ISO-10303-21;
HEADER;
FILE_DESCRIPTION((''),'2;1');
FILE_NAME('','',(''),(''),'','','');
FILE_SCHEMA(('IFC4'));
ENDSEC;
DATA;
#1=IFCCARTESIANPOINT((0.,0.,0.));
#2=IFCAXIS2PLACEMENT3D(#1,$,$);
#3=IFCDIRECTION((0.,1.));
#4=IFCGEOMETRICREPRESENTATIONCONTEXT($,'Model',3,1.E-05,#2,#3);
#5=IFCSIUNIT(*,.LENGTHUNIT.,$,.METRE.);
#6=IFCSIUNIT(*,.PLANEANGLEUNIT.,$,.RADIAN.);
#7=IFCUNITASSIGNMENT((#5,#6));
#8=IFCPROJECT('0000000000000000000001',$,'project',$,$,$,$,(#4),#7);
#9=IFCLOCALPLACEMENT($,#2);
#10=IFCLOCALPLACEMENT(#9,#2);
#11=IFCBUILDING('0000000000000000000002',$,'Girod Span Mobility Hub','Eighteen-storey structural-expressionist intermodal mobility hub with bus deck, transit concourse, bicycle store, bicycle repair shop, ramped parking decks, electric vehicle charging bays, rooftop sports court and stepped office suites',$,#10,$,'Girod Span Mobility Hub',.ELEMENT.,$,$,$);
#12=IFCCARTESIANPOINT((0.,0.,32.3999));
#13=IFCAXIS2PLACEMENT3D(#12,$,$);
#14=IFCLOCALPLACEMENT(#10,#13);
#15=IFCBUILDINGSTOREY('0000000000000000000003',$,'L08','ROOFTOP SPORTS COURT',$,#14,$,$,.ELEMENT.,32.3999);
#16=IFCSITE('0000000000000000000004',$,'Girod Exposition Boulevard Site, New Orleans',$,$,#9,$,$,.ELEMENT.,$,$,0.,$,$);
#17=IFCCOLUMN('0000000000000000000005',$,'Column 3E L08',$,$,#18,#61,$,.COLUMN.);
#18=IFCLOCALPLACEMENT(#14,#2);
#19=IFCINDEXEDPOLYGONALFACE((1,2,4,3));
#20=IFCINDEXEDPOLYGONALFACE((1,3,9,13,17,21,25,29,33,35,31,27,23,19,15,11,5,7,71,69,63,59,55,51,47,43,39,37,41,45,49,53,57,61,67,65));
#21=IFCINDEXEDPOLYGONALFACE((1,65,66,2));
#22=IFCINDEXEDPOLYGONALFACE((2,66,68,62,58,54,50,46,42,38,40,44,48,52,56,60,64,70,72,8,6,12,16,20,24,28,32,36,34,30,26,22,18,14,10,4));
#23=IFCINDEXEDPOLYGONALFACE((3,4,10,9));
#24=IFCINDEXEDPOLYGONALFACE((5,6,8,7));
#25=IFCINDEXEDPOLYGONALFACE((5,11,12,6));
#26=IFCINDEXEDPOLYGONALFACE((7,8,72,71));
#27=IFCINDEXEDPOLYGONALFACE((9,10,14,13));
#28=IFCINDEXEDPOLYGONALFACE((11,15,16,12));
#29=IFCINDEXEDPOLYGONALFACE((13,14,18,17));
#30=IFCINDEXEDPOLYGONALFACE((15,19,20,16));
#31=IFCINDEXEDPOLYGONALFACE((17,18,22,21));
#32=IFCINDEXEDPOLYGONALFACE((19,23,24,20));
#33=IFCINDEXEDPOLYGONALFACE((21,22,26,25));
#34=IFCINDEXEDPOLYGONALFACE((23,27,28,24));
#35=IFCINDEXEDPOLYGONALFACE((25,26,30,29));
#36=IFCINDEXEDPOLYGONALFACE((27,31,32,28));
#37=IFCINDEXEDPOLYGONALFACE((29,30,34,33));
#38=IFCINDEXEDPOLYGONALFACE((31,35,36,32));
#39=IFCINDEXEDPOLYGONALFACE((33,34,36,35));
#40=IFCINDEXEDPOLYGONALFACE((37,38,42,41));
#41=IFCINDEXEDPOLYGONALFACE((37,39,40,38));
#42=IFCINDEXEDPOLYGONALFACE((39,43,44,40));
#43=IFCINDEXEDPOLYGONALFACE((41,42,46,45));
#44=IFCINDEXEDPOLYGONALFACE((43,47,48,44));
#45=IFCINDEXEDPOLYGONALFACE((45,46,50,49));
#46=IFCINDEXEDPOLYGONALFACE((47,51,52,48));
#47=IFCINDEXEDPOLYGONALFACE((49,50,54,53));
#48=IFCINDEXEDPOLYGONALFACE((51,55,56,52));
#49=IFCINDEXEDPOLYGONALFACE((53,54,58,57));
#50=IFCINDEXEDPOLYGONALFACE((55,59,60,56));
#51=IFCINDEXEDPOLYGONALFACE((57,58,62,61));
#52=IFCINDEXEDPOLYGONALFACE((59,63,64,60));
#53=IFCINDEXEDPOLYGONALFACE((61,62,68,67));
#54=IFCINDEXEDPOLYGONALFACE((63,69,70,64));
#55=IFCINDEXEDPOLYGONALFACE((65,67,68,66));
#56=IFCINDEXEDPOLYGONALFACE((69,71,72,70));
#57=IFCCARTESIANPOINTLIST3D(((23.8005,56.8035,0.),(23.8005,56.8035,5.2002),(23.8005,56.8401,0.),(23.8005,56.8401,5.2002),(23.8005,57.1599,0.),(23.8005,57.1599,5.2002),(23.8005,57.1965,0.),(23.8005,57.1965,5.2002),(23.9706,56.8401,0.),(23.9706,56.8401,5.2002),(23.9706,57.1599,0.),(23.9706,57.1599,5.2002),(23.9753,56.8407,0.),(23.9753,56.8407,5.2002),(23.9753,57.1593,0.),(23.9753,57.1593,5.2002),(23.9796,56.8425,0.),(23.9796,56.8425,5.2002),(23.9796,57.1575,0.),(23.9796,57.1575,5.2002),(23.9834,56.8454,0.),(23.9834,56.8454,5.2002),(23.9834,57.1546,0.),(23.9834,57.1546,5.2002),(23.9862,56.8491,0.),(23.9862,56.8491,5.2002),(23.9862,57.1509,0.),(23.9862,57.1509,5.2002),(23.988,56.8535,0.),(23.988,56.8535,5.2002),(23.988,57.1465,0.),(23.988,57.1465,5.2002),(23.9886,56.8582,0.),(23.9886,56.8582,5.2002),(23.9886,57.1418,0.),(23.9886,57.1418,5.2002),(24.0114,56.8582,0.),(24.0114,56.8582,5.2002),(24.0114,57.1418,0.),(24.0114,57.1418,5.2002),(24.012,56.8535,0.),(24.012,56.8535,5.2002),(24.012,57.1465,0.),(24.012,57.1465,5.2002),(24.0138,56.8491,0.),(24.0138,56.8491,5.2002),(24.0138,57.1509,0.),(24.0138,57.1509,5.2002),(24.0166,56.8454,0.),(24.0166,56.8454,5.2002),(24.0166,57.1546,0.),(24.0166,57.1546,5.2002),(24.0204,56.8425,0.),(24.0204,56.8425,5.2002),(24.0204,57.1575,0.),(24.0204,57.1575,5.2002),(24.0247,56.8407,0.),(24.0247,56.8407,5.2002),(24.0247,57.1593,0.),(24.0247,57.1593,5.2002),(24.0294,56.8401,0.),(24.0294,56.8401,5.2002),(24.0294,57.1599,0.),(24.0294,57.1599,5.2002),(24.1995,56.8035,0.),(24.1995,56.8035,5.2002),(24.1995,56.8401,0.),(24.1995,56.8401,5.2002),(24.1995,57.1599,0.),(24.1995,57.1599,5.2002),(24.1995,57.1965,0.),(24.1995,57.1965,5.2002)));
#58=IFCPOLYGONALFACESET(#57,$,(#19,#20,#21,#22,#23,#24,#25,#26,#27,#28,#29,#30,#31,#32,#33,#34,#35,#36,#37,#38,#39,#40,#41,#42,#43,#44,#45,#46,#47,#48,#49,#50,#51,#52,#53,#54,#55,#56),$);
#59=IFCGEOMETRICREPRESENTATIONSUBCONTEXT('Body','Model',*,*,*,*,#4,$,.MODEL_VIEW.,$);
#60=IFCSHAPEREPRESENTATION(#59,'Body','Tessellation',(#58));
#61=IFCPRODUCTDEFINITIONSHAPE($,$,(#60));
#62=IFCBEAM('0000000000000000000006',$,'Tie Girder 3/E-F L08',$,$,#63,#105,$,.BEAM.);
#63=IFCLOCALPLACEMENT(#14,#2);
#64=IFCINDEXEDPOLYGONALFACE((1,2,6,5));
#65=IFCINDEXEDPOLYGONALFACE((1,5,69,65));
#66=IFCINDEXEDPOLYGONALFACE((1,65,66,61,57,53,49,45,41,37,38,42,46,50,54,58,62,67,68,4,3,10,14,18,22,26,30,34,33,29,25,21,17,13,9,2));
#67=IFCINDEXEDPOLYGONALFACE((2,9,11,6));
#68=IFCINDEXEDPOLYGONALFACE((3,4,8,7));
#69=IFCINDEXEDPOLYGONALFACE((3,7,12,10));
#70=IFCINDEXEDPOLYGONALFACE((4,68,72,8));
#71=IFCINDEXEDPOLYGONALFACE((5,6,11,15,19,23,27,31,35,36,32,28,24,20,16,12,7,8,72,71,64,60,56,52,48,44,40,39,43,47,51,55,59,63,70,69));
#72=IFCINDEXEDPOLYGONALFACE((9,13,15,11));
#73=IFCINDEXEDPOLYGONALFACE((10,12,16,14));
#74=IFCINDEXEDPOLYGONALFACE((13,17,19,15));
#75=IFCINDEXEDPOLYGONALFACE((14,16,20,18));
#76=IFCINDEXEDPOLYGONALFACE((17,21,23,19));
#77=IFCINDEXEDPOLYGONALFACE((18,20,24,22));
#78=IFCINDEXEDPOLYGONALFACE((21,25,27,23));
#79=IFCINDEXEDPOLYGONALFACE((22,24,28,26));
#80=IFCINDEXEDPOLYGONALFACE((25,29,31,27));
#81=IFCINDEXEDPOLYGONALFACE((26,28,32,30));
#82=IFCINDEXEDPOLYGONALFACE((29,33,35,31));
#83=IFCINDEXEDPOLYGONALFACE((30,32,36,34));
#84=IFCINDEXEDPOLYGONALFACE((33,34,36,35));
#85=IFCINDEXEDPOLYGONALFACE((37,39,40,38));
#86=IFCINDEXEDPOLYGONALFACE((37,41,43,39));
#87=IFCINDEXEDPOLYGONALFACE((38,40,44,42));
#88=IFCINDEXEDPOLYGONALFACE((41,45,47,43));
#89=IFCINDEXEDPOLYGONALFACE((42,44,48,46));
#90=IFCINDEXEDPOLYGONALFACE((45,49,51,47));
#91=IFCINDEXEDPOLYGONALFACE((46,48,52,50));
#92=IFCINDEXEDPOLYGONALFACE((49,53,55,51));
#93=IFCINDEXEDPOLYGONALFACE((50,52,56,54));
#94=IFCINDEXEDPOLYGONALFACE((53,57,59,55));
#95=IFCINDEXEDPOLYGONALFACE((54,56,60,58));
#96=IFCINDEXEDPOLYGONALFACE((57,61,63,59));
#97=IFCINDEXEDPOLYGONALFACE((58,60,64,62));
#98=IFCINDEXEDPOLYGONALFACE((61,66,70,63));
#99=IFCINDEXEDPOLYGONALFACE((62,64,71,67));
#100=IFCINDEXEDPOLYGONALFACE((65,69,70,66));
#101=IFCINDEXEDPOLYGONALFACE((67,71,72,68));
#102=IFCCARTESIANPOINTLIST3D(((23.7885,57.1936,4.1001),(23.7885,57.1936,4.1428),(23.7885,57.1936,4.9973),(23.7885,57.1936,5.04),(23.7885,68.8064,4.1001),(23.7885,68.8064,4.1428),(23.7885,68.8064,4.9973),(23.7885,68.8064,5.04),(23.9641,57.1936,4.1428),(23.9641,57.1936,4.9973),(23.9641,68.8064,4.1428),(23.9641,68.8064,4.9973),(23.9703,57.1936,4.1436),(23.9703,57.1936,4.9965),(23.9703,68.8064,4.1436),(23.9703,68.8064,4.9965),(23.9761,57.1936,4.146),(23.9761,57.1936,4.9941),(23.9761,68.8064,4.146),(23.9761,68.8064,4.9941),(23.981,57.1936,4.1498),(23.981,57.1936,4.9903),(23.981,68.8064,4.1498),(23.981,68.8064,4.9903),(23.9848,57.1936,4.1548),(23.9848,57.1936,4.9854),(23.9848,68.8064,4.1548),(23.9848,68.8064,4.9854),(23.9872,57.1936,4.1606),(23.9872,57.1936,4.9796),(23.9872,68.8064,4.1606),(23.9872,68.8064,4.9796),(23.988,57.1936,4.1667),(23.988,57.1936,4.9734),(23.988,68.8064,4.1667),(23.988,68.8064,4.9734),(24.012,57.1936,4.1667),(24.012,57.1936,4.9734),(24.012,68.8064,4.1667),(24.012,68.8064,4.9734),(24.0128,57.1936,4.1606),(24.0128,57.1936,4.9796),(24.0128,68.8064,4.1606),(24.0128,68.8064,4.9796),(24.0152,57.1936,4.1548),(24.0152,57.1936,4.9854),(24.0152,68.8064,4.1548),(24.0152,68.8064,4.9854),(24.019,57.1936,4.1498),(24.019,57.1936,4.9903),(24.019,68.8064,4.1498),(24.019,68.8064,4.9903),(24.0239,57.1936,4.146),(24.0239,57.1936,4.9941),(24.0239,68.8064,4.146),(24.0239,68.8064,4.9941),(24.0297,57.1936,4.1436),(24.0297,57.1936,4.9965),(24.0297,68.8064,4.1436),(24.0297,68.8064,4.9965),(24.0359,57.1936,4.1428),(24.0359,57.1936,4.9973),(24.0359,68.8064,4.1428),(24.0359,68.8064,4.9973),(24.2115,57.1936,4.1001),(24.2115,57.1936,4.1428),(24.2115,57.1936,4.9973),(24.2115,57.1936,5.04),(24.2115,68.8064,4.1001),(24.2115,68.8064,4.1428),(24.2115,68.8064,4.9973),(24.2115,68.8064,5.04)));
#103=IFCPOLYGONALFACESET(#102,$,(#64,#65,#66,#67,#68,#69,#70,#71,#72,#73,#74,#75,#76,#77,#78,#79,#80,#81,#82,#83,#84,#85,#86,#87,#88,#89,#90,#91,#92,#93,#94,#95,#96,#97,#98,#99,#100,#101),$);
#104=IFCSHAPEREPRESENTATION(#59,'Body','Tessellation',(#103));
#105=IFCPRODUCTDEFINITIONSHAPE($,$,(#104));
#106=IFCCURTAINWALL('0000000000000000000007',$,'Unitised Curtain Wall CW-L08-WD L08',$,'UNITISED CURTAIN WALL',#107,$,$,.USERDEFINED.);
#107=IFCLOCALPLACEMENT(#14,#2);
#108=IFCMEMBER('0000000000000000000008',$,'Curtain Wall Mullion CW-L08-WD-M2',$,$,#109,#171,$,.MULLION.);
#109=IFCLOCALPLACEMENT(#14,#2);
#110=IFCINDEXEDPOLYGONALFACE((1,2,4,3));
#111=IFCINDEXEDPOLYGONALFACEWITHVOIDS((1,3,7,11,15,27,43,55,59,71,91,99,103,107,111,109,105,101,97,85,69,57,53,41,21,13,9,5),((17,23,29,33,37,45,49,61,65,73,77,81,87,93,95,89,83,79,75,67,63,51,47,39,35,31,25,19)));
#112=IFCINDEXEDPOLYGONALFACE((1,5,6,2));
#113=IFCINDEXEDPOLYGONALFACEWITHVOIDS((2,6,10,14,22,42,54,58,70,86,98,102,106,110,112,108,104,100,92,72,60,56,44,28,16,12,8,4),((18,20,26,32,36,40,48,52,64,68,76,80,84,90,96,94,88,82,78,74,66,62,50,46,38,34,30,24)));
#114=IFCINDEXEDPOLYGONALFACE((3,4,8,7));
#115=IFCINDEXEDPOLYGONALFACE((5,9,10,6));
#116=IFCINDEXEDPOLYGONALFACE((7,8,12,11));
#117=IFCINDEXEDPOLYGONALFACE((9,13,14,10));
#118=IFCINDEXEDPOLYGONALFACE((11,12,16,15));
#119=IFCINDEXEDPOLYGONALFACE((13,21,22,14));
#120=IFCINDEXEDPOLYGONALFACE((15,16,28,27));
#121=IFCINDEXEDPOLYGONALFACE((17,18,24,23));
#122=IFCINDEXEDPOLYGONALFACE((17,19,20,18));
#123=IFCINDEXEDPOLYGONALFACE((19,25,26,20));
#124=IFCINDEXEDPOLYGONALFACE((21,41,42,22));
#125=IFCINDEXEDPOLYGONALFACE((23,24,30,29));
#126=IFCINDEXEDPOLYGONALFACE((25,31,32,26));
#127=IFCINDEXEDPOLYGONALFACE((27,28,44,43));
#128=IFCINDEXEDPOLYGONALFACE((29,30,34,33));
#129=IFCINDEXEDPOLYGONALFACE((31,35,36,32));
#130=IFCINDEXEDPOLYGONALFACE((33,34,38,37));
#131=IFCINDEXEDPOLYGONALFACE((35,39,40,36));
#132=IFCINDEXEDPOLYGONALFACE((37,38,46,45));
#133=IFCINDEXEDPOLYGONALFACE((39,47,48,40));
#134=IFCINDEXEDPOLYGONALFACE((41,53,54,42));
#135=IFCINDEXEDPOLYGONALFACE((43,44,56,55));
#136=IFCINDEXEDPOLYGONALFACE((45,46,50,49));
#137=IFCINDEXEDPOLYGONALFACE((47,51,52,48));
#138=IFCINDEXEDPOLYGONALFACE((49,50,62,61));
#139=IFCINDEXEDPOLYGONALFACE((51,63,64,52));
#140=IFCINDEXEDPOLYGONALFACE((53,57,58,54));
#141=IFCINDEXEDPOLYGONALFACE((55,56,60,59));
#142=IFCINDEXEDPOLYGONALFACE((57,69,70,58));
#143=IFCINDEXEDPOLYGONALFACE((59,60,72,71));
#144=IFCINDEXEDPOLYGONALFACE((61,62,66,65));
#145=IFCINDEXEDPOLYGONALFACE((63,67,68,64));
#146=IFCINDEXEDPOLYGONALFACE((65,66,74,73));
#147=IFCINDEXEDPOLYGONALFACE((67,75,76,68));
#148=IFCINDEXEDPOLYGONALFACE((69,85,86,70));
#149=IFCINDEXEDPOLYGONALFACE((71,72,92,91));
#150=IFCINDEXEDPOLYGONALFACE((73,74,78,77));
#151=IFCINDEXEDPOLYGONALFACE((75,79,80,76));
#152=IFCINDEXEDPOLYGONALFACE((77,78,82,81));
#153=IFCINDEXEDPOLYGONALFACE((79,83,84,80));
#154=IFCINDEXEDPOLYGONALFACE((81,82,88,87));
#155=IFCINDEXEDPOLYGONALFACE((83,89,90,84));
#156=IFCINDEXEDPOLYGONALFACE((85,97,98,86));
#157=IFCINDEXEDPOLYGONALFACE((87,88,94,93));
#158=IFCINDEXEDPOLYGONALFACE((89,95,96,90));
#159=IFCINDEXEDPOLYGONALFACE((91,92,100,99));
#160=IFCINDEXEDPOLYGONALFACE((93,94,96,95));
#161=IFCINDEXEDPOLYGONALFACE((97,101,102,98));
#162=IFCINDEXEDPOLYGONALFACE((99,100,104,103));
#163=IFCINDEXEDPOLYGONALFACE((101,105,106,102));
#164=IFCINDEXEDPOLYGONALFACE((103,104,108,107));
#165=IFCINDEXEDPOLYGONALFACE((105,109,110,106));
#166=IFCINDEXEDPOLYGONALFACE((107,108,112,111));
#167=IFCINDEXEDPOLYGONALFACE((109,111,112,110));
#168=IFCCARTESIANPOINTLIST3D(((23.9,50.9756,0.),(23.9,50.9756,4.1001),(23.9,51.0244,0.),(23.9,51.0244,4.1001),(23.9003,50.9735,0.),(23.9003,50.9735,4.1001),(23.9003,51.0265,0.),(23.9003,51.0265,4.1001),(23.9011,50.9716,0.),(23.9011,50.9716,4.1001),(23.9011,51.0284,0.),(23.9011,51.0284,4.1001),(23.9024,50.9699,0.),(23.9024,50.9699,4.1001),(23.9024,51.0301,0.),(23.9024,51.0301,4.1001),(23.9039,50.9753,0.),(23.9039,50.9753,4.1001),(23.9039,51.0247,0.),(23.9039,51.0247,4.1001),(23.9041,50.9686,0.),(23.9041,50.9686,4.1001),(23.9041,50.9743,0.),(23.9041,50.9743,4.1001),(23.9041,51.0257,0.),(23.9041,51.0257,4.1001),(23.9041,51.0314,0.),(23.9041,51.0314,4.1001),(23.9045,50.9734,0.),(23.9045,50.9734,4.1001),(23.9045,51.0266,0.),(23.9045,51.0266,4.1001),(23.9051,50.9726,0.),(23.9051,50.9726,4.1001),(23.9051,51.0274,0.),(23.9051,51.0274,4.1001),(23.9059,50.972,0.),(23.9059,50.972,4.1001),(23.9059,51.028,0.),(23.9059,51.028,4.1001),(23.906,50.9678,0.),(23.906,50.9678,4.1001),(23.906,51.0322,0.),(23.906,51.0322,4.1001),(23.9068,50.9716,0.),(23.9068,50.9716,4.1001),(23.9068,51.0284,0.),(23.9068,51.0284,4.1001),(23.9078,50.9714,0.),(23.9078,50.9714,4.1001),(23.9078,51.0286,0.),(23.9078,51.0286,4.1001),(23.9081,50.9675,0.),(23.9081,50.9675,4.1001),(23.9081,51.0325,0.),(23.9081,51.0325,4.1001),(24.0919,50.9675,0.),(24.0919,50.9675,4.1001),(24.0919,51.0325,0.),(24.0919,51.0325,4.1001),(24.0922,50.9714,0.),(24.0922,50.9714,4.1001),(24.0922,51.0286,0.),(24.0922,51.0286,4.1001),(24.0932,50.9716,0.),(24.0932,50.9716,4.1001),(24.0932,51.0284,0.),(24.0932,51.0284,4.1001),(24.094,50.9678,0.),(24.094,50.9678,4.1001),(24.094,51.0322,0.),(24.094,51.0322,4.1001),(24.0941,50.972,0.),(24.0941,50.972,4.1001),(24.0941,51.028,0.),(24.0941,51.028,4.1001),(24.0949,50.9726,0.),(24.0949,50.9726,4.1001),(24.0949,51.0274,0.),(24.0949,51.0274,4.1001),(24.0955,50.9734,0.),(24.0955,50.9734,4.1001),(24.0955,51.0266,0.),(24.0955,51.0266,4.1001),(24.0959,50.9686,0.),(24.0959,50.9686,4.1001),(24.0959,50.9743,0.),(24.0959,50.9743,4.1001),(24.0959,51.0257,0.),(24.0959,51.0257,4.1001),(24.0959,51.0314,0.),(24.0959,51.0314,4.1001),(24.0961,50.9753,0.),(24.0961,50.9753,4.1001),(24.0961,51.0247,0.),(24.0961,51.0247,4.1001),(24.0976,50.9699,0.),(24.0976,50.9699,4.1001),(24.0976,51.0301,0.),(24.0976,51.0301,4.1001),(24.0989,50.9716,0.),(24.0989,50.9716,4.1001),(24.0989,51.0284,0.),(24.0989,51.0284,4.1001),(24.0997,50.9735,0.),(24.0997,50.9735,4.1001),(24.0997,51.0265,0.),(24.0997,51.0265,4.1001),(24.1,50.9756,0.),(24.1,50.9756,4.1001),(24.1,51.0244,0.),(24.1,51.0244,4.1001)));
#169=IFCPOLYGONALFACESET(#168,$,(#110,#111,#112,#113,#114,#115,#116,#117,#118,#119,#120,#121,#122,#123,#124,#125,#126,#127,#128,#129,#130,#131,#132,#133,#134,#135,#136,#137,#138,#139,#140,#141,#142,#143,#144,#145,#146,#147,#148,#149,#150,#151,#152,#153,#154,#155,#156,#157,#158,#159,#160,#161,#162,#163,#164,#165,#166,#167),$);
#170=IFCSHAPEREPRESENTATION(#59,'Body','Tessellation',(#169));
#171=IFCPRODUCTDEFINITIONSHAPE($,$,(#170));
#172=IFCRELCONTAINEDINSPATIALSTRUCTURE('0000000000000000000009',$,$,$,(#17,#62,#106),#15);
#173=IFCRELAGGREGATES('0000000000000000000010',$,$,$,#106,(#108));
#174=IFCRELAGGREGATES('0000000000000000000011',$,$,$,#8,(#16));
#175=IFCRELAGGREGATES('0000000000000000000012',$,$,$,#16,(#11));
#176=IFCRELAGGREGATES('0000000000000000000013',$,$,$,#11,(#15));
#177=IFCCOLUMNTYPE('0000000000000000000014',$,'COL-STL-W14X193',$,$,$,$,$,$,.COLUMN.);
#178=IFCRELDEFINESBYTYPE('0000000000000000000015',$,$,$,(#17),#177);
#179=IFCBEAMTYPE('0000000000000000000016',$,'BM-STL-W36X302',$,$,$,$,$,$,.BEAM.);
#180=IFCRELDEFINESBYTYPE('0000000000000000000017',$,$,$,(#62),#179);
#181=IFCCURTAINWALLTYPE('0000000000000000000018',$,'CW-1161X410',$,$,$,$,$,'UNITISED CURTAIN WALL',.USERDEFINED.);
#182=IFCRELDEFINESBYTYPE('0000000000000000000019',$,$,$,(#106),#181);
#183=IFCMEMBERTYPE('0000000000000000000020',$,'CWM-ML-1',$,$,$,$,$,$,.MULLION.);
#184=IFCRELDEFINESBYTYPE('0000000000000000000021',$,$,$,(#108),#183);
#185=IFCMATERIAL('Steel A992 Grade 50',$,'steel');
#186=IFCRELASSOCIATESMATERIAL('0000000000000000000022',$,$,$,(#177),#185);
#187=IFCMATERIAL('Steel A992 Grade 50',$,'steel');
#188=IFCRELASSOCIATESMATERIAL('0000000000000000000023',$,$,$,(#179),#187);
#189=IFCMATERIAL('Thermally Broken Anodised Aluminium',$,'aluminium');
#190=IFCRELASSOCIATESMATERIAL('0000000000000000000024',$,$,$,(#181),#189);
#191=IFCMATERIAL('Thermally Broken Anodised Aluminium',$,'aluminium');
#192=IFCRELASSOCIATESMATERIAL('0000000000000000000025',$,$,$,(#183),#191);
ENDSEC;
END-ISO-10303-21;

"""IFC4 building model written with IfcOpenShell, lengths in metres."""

from ifc_helpers import new_model, si_unit, direction, frame, origin, origin_2d, place, context, subcontext, project, spatial, hollow_rectangle, i_section, extrude, material, material_profile, profile_set, type_object, element, aggregate, save


model = new_model("IFC4")

# Units and contexts
model_context = context("Model", 3, precision=1e-05, world=origin(), true_north=direction((0.0, 1.0)))
body_context = subcontext(model_context, "Body", "Model", "MODEL_VIEW")
ifc_project = project(units=[si_unit("LENGTHUNIT", "METRE"), si_unit("PLANEANGLEUNIT", "RADIAN")], contexts=[model_context])

# Site, building, storey
site_placement = place(None, origin())
site = spatial("IfcSite", under=ifc_project, at=site_placement, Name="Girod Exposition Boulevard Site, New Orleans", CompositionType="ELEMENT", RefElevation=0.0)
building_placement = place(site_placement, origin())
building = spatial("IfcBuilding", under=site, at=building_placement, Name="Girod Span Mobility Hub", Description="Eighteen-storey structural-expressionist intermodal mobility hub with bus deck, transit concourse, bicycle store, bicycle repair shop, ramped parking decks, electric vehicle charging bays, rooftop sports court and stepped office suites", LongName="Girod Span Mobility Hub", CompositionType="ELEMENT")
storey_placement = place(building_placement, frame((0.0, 0.0, 32.3999)))
storey = spatial("IfcBuildingStorey", under=building, at=storey_placement, Name="L08", Description="ROOFTOP SPORTS COURT", CompositionType="ELEMENT", Elevation=32.3999)

# Column
ifc_material_1 = material(Name="Steel A992 Grade 50", Category="steel")
ifc_material_profile_1 = material_profile(ifc_material_1, i_section(OverallWidth=0.3989, OverallDepth=0.3931, WebThickness=0.0227, FlangeThickness=0.0366, FilletRadius=0.0181, at=origin_2d()), Name="W14X193")
ifc_profile_set_1 = profile_set([ifc_material_profile_1], Name="Steel A992 Grade 50")
column_type = type_object("IfcColumnType", Name="COL-STL-W14X193", PredefinedType="COLUMN", material=ifc_profile_set_1)
column_placement = place(storey_placement, frame((24.0, 57.0, 0.0), z_axis=(0.0, 0.0, 1.0), x_axis=(1.0, 0.0, 0.0)))
element("IfcColumn", 1, at=column_placement, inside=storey, type_object=column_type, Name="Column 3E L08", PredefinedType="COLUMN", context=body_context, shape_type="SweptSolid", body=[
    extrude(i_section(OverallWidth=0.3989, OverallDepth=0.3931, WebThickness=0.0227, FlangeThickness=0.0366, FilletRadius=0.0181, at=origin_2d()), origin(), (0.0, 0.0, 1.0), 5.2002),
])

# Beam
ifc_material_2 = material(Name="Steel A992 Grade 50", Category="steel")
ifc_material_profile_2 = material_profile(ifc_material_2, i_section(OverallWidth=0.4231, OverallDepth=0.9399, WebThickness=0.0239, FlangeThickness=0.0427, FilletRadius=0.0239, at=origin_2d()), Name="W36X302")
ifc_profile_set_2 = profile_set([ifc_material_profile_2], Name="Steel A992 Grade 50")
beam_type = type_object("IfcBeamType", Name="BM-STL-W36X302", PredefinedType="BEAM", material=ifc_profile_set_2)
beam_placement = place(storey_placement, frame((24.0, 57.1936, 4.5701), z_axis=(0.0, 1.0, 0.0), x_axis=(-1.0, 0.0, 0.0)))
element("IfcBeam", 2, at=beam_placement, inside=storey, type_object=beam_type, Name="Tie Girder 3/E-F L08", PredefinedType="BEAM", context=body_context, shape_type="SweptSolid", body=[
    extrude(i_section(OverallWidth=0.4231, OverallDepth=0.9399, WebThickness=0.0239, FlangeThickness=0.0427, FilletRadius=0.0239, at=origin_2d()), origin(), (0.0, 0.0, 1.0), 11.6128),
])

# Curtain wall, member
ifc_material_3 = material(Name="Thermally Broken Anodised Aluminium", Category="aluminium")
curtain_wall_type = type_object("IfcCurtainWallType", Name="CW-1161X410", ElementType="UNITISED CURTAIN WALL", PredefinedType="USERDEFINED", material=ifc_material_3)
curtain_wall_1_placement = place(storey_placement, origin())
curtain_wall_1 = element("IfcCurtainWall", 3, at=curtain_wall_1_placement, inside=storey, type_object=curtain_wall_type, Name="Unitised Curtain Wall CW-L08-WD L08", ObjectType="UNITISED CURTAIN WALL", PredefinedType="USERDEFINED")
ifc_material_4 = material(Name="Thermally Broken Anodised Aluminium", Category="aluminium")
ifc_material_profile_3 = material_profile(ifc_material_4, hollow_rectangle(XDim=0.2, YDim=0.0649, WallThickness=0.0039, InnerFilletRadius=0.0039, OuterFilletRadius=0.0081, at=origin_2d()), Name="CW-ML-65X200")
ifc_profile_set_3 = profile_set([ifc_material_profile_3], Name="Thermally Broken Anodised Aluminium")
member_type_1 = type_object("IfcMemberType", Name="CWM-ML-1", PredefinedType="MULLION", material=ifc_profile_set_3)
member_1_placement = place(storey_placement, frame((24.0, 51.0, 0.0), z_axis=(0.0, 0.0, 1.0), x_axis=(1.0, 0.0, 0.0)))
member_1 = element("IfcMember", 4, at=member_1_placement, type_object=member_type_1, Name="Curtain Wall Mullion CW-L08-WD-M2", PredefinedType="MULLION", context=body_context, shape_type="SweptSolid", body=[
    extrude(hollow_rectangle(XDim=0.2, YDim=0.0649, WallThickness=0.0039, InnerFilletRadius=0.0039, OuterFilletRadius=0.0081, at=origin_2d()), origin(), (0.0, 0.0, 1.0), 4.1001),
])

aggregate(curtain_wall_1, [member_1])

save(model, "model.ifc")
